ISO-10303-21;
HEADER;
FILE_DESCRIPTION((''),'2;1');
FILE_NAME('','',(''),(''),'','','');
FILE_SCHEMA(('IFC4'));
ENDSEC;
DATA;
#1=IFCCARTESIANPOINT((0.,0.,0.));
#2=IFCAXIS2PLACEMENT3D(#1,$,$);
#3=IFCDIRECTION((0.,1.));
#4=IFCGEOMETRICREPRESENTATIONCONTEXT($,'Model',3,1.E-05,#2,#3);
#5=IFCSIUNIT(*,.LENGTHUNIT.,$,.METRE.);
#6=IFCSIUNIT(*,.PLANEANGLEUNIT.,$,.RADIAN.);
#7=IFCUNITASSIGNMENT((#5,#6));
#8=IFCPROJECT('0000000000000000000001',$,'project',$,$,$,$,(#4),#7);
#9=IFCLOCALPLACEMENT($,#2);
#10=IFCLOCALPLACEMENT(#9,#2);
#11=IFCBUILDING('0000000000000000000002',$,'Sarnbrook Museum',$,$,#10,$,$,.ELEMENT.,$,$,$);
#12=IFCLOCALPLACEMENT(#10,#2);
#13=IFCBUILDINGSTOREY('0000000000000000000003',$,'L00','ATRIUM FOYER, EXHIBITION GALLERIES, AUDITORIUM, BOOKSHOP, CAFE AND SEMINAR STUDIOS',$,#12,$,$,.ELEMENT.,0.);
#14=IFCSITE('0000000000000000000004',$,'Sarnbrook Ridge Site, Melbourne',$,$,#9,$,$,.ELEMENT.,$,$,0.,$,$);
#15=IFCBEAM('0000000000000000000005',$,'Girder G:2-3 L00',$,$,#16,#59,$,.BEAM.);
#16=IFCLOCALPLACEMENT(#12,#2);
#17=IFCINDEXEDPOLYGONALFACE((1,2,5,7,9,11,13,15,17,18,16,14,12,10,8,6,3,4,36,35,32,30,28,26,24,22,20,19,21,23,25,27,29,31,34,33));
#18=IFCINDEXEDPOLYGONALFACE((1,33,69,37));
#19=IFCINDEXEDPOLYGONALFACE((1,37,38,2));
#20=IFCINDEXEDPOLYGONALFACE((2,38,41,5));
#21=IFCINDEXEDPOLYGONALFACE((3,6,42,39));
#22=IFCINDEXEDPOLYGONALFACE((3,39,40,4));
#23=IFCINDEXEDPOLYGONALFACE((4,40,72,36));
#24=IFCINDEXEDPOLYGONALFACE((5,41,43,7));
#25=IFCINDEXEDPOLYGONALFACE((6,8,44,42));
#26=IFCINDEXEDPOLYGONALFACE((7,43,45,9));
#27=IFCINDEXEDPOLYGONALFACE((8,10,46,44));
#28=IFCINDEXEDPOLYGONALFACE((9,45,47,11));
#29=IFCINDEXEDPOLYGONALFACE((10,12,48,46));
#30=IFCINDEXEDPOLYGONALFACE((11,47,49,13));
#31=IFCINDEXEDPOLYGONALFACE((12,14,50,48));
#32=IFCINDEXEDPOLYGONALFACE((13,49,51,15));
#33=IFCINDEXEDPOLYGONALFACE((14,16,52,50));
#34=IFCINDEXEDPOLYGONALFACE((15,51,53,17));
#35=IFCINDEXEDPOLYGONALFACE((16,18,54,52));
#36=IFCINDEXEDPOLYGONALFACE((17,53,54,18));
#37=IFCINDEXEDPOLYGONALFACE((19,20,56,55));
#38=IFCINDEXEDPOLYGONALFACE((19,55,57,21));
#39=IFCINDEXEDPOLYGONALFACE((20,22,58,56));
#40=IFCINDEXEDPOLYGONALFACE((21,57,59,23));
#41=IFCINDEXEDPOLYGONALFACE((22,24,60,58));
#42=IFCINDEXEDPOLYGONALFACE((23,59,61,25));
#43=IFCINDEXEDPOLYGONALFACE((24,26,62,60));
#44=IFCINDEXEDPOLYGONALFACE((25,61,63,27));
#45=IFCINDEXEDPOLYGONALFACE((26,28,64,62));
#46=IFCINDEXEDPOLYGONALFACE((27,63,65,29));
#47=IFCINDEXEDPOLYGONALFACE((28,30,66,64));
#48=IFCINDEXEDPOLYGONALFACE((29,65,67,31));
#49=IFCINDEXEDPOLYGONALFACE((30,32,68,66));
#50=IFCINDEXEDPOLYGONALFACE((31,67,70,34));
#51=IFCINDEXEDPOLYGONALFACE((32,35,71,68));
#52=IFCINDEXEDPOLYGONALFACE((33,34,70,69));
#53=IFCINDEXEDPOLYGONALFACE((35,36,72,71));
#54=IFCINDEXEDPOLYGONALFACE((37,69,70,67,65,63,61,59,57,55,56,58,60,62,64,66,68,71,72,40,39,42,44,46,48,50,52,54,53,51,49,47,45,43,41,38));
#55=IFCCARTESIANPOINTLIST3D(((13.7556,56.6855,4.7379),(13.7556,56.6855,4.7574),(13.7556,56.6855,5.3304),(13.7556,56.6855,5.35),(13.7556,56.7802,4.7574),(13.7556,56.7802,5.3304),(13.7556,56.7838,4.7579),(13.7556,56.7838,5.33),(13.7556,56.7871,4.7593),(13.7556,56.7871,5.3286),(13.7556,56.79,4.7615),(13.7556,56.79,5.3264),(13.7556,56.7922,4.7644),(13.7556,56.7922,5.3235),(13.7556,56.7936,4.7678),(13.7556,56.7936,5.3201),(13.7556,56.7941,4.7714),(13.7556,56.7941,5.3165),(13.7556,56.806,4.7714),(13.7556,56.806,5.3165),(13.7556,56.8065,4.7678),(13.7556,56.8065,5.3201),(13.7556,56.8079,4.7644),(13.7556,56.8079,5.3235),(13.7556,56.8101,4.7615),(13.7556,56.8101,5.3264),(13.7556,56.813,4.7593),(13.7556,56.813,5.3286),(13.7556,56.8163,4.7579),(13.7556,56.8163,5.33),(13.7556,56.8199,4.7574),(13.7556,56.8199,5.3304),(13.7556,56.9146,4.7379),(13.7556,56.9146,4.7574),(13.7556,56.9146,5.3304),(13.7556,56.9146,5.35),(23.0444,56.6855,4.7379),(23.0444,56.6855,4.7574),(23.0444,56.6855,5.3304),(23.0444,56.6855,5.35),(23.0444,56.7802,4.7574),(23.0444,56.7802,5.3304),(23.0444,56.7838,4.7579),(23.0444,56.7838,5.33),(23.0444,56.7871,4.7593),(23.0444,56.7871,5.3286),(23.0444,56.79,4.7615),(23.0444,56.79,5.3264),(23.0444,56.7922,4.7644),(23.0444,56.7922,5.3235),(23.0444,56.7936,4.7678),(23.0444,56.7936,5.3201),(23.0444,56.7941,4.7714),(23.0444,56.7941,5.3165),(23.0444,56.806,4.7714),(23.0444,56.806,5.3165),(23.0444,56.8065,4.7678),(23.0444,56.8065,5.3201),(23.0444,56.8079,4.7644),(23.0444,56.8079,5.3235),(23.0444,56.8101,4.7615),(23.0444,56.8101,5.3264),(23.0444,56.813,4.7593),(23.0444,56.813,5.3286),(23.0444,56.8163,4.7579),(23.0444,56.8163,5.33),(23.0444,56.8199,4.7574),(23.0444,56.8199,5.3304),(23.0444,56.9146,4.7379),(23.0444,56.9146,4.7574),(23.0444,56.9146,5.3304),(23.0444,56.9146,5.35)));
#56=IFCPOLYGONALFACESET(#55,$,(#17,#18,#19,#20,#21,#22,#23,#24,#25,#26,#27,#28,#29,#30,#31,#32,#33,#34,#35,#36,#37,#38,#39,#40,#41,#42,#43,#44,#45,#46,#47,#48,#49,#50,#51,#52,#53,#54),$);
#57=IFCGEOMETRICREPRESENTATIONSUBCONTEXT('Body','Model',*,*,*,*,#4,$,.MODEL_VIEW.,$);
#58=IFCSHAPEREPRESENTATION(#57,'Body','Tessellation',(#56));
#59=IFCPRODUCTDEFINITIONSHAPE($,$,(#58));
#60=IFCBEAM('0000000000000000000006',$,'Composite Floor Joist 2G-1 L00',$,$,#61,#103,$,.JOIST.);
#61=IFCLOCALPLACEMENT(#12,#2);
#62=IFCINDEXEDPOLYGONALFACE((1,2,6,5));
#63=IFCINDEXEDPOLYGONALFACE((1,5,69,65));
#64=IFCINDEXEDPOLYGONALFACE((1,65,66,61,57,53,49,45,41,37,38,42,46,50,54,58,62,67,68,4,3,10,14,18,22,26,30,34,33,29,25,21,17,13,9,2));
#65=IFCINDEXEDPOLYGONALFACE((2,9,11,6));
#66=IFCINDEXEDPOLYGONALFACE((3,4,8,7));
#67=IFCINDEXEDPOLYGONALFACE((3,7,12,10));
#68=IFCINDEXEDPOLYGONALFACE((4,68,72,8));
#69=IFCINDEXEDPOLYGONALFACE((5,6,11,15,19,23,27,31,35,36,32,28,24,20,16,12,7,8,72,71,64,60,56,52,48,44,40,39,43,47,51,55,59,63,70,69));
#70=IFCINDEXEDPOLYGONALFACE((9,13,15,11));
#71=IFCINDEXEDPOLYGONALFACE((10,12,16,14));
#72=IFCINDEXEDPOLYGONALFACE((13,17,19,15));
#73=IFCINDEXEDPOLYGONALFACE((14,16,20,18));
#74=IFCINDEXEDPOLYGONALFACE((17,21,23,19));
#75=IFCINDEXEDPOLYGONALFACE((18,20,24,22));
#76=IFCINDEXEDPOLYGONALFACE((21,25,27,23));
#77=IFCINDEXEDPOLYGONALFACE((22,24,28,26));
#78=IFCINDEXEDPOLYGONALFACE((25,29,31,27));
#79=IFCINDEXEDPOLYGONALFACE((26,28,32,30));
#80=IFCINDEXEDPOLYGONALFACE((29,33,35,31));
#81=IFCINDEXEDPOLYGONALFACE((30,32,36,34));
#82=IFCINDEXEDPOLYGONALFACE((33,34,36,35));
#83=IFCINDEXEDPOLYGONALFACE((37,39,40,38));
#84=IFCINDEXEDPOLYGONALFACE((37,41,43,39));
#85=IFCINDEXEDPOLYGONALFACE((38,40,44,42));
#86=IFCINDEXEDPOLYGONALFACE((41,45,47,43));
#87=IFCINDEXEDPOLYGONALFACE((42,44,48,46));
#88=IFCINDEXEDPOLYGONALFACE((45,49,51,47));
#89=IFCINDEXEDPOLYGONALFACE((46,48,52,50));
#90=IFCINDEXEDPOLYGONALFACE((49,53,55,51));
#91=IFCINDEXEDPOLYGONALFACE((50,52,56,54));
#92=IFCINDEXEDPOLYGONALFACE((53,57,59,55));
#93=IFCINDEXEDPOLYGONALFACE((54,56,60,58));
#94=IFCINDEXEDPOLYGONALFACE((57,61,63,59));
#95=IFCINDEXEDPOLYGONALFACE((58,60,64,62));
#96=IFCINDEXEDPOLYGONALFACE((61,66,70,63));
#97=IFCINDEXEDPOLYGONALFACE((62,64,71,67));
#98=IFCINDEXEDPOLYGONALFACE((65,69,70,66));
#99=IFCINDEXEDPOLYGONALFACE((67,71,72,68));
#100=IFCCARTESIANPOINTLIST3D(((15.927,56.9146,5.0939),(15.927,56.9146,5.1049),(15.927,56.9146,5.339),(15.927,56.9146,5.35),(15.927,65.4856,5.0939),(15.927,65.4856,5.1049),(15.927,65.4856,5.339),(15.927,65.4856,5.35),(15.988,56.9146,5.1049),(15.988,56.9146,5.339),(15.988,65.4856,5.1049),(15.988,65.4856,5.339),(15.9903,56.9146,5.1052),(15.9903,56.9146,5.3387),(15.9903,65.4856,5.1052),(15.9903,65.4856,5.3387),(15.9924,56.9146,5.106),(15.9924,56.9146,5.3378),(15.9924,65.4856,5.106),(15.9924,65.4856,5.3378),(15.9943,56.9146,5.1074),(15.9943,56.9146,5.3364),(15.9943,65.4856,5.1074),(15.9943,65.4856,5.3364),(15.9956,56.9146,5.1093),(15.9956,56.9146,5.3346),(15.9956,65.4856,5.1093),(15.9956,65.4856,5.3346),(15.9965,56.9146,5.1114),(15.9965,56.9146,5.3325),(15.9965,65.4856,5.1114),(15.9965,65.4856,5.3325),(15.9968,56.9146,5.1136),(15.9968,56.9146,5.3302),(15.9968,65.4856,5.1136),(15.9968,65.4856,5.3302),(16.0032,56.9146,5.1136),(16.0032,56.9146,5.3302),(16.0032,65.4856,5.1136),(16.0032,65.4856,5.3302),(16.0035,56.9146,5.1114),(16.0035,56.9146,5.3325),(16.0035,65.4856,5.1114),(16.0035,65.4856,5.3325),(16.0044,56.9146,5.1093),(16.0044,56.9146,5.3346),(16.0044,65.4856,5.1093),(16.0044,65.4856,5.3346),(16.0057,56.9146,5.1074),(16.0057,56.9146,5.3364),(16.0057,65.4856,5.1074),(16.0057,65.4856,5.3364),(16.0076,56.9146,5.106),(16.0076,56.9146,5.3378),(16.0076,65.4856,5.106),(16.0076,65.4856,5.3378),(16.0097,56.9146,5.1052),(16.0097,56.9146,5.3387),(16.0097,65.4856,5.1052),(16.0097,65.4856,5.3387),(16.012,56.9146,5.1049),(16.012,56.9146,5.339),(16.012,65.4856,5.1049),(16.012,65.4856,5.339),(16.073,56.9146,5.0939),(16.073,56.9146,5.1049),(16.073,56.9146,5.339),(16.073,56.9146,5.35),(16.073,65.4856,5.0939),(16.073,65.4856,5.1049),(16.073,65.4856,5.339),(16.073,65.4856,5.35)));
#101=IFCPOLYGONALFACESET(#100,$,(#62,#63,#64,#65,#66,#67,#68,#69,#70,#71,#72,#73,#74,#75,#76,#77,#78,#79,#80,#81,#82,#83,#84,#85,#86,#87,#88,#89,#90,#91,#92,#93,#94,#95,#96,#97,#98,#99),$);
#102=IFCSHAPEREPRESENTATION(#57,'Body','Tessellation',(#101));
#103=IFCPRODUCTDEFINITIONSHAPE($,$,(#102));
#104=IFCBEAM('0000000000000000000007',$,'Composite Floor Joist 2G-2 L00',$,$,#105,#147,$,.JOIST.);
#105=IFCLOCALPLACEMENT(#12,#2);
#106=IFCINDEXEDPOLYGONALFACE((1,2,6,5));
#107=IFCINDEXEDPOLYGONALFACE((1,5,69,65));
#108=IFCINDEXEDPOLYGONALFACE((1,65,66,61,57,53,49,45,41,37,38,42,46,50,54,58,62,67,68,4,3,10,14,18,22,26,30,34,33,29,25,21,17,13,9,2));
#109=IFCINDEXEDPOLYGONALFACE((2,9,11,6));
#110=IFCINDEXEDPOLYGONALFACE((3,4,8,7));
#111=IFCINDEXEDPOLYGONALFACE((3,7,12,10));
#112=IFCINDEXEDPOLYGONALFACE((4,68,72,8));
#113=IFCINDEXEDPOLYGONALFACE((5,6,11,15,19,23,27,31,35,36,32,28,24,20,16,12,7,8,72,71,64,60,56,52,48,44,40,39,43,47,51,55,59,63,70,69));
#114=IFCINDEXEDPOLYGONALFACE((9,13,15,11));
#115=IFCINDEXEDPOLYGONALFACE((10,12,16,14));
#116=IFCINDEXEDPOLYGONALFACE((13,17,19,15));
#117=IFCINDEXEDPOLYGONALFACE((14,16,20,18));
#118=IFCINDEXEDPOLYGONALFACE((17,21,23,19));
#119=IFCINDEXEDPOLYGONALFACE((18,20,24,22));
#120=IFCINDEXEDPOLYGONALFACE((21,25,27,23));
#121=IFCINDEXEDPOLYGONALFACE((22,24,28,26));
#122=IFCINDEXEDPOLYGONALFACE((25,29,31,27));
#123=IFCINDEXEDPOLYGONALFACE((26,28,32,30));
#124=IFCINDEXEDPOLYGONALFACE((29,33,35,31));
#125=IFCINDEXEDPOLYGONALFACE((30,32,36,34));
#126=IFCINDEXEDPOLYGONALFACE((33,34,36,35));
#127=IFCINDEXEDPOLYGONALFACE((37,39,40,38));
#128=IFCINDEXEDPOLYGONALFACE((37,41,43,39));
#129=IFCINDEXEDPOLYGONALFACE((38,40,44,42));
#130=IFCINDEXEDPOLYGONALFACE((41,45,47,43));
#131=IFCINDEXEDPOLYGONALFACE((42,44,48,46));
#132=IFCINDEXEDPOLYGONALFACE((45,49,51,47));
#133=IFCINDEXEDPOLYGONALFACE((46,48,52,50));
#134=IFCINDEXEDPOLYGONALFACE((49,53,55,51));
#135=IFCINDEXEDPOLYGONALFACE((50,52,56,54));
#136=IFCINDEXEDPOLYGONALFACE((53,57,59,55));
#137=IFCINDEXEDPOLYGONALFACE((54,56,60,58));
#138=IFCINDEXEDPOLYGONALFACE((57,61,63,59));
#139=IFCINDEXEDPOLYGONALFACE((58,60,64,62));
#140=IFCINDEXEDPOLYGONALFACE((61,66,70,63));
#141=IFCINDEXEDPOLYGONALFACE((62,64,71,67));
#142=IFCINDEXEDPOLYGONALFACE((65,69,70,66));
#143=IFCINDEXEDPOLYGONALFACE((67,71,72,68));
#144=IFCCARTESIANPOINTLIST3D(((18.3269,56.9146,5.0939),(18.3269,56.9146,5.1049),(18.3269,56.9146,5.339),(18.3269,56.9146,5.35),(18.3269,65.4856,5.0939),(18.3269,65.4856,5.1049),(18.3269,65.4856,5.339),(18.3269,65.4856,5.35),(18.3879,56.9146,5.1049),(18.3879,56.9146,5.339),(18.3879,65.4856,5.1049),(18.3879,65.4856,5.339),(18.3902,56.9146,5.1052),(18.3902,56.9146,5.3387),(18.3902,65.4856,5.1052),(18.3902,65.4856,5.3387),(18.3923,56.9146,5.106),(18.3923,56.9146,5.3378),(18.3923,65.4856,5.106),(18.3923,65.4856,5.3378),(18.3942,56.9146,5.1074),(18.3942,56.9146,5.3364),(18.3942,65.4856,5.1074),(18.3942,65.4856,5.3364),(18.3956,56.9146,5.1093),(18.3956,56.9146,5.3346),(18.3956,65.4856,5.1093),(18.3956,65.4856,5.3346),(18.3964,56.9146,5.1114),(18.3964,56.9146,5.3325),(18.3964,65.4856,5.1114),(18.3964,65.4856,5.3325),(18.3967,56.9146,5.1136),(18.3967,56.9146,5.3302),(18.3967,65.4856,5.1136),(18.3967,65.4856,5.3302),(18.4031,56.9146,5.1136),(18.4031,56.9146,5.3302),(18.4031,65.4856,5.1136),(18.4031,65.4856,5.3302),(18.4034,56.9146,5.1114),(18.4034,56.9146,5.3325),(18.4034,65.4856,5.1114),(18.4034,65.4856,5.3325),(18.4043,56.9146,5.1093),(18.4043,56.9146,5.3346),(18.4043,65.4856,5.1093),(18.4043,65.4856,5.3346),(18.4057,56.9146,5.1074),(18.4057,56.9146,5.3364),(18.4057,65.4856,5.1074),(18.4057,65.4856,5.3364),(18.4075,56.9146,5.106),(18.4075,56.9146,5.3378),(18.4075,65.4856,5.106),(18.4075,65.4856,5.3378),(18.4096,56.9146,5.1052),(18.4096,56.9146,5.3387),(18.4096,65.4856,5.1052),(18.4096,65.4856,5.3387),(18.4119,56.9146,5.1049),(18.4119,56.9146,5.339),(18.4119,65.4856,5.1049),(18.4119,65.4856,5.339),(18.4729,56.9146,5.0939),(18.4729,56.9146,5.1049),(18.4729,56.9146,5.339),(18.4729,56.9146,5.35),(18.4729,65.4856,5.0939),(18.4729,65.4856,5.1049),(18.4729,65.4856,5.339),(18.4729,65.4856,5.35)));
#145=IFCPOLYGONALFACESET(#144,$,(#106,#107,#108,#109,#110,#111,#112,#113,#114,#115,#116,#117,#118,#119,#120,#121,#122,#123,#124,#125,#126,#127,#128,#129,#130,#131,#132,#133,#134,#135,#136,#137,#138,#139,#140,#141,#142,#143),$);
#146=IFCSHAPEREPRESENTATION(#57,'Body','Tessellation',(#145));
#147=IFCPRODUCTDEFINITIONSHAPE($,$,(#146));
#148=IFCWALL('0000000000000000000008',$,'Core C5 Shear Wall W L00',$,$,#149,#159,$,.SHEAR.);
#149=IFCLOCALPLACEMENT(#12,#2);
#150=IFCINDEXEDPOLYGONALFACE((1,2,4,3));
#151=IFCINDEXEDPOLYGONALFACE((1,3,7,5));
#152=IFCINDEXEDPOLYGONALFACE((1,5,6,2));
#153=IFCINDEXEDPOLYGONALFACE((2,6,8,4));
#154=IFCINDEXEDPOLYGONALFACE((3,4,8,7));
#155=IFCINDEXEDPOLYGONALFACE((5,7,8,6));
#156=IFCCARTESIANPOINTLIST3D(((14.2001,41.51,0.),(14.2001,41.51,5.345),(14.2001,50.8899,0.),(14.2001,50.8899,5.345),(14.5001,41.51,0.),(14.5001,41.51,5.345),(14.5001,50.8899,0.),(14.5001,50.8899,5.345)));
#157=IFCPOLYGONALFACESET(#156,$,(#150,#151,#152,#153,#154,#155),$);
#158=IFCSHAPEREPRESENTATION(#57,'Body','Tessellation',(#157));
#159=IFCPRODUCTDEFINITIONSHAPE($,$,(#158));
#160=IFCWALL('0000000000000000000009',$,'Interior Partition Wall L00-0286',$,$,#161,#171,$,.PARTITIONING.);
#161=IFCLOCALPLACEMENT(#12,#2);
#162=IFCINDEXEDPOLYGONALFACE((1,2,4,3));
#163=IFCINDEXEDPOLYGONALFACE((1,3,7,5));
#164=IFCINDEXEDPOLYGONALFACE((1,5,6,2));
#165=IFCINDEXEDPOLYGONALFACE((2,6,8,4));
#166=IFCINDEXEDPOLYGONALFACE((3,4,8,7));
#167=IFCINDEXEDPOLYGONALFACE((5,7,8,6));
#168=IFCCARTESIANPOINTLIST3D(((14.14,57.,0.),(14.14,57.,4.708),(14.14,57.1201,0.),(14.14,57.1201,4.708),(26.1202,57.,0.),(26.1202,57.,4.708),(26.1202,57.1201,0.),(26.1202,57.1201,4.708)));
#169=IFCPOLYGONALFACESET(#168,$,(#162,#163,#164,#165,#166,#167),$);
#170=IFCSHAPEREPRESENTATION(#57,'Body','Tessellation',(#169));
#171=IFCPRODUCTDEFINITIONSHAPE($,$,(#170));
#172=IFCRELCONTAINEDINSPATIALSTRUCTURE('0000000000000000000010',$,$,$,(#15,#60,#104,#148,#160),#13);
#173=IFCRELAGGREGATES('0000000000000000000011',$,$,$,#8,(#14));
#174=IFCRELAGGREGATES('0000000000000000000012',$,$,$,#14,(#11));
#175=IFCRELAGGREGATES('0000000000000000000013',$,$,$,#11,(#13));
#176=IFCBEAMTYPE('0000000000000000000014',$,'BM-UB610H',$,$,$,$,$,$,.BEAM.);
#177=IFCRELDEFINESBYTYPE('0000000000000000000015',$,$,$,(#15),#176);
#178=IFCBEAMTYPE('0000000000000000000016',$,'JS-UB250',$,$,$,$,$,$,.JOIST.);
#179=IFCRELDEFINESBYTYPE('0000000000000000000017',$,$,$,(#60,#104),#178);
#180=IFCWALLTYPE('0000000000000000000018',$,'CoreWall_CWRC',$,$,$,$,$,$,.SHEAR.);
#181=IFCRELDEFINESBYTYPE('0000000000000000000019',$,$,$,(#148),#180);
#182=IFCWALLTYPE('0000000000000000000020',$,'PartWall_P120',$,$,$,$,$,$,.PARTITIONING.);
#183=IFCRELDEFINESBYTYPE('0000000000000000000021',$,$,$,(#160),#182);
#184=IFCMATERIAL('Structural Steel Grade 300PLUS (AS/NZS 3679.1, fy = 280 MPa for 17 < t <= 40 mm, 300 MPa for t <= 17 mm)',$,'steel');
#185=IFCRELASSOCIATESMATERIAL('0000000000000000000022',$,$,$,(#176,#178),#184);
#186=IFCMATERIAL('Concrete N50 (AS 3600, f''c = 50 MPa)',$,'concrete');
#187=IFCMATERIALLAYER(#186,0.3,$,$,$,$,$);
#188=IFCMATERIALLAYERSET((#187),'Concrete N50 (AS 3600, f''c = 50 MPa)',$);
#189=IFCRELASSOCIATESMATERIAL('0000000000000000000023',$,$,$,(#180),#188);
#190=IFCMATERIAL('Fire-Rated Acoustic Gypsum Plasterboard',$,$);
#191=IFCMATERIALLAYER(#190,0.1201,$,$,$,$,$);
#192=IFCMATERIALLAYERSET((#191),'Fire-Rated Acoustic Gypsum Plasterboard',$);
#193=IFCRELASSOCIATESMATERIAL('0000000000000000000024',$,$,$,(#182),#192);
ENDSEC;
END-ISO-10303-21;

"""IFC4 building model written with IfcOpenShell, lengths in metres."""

from ifc_helpers import new_model, si_unit, direction, frame, frame_2d, origin, origin_2d, place, context, subcontext, project, spatial, rectangle, i_section, extrude, material, layer, layer_set, material_profile, profile_set, type_object, element, save


model = new_model("IFC4")

# Units and contexts
model_context = context("Model", 3, precision=1e-05, world=origin(), true_north=direction((0.0, 1.0)))
body_context = subcontext(model_context, "Body", "Model", "MODEL_VIEW")
ifc_project = project(units=[si_unit("LENGTHUNIT", "METRE"), si_unit("PLANEANGLEUNIT", "RADIAN")], contexts=[model_context])

# Site, building, storey
site_placement = place(None, origin())
site = spatial("IfcSite", under=ifc_project, at=site_placement, Name="Sarnbrook Ridge Site, Melbourne", CompositionType="ELEMENT", RefElevation=0.0)
building_placement = place(site_placement, origin())
building = spatial("IfcBuilding", under=site, at=building_placement, Name="Sarnbrook Museum", CompositionType="ELEMENT")
storey_placement = place(building_placement, origin())
storey = spatial("IfcBuildingStorey", under=building, at=storey_placement, Name="L00", Description="ATRIUM FOYER, EXHIBITION GALLERIES, AUDITORIUM, BOOKSHOP, CAFE AND SEMINAR STUDIOS", CompositionType="ELEMENT", Elevation=0.0)

# Shared definitions
ifc_material_1 = material(Name="Structural Steel Grade 300PLUS (AS/NZS 3679.1, fy = 280 MPa for 17 < t <= 40 mm, 300 MPa for t <= 17 mm)", Category="steel")

# Beams
ifc_material_profile_1 = material_profile(ifc_material_1, i_section(OverallWidth=0.229, OverallDepth=0.6121, WebThickness=0.012, FlangeThickness=0.0195, FilletRadius=0.0139, at=origin_2d()), Name="610UB125")
ifc_profile_set_1 = profile_set([ifc_material_profile_1], Name="Structural Steel Grade 300PLUS (AS/NZS 3679.1, fy = 280 MPa for 17 < t <= 40 mm, 300 MPa for t <= 17 mm)")
beam_type_1 = type_object("IfcBeamType", Name="BM-UB610H", PredefinedType="BEAM", material=ifc_profile_set_1)
beam_1_placement = place(storey_placement, frame((13.7556, 56.8, 5.0439), z_axis=(1.0, 0.0, 0.0), x_axis=(0.0, 1.0, 0.0)))
element("IfcBeam", 1, at=beam_1_placement, inside=storey, type_object=beam_type_1, Name="Girder G:2-3 L00", PredefinedType="BEAM", context=body_context, shape_type="SweptSolid", body=[
    extrude(i_section(OverallWidth=0.229, OverallDepth=0.6121, WebThickness=0.012, FlangeThickness=0.0195, FilletRadius=0.0139, at=origin_2d()), origin(), (0.0, 0.0, 1.0), 9.2888),
])
ifc_material_profile_2 = material_profile(ifc_material_1, i_section(OverallWidth=0.146, OverallDepth=0.2561, WebThickness=0.0063, FlangeThickness=0.011, FilletRadius=0.0088, at=origin_2d()), Name="250UB37.3")
ifc_profile_set_2 = profile_set([ifc_material_profile_2], Name="Structural Steel Grade 300PLUS (AS/NZS 3679.1, fy = 280 MPa for 17 < t <= 40 mm, 300 MPa for t <= 17 mm)")
beam_type_2 = type_object("IfcBeamType", Name="JS-UB250", PredefinedType="JOIST", material=ifc_profile_set_2)
for number, where, z_axis, x_axis, name in (
    (2, (16.0, 56.9146, 5.2219), (0.0, 1.0, 0.0), (-1.0, 0.0, 0.0), "Composite Floor Joist 2G-1 L00"),
    (3, (18.3999, 56.9146, 5.2219), (0.0, 1.0, 0.0), (-1.0, 0.0, 0.0), "Composite Floor Joist 2G-2 L00"),
):
    element("IfcBeam", number, at=place(storey_placement, frame(where, z_axis=z_axis, x_axis=x_axis)), inside=storey, type_object=beam_type_2, Name=name, PredefinedType="JOIST", context=body_context, shape_type="SweptSolid", body=[
        extrude(i_section(OverallWidth=0.146, OverallDepth=0.2561, WebThickness=0.0063, FlangeThickness=0.011, FilletRadius=0.0088, at=origin_2d()), origin(), (0.0, 0.0, 1.0), 8.571),
    ])

# Walls
ifc_material_2 = material(Name="Concrete N50 (AS 3600, f'c = 50 MPa)", Category="concrete")
ifc_layer_1 = layer(ifc_material_2, 0.3)
ifc_layer_set_1 = layer_set([ifc_layer_1], Name="Concrete N50 (AS 3600, f'c = 50 MPa)")
wall_type_1 = type_object("IfcWallType", Name="CoreWall_CWRC", PredefinedType="SHEAR", material=ifc_layer_set_1)
wall_1_placement = place(storey_placement, frame((14.3501, 50.8899, 0.0), z_axis=(0.0, 0.0, 1.0), x_axis=(0.0, -1.0, 0.0)))
element("IfcWall", 4, at=wall_1_placement, inside=storey, type_object=wall_type_1, Name="Core C5 Shear Wall W L00", PredefinedType="SHEAR", context=body_context, shape_type="SweptSolid", body=[
    extrude(rectangle(XDim=9.3799, YDim=0.3, at=frame_2d((4.6899, 0.0))), origin(), (0.0, 0.0, 1.0), 5.345),
])
ifc_material_3 = material(Name="Fire-Rated Acoustic Gypsum Plasterboard")
ifc_layer_2 = layer(ifc_material_3, 0.1201)
ifc_layer_set_2 = layer_set([ifc_layer_2], Name="Fire-Rated Acoustic Gypsum Plasterboard")
wall_type_2 = type_object("IfcWallType", Name="PartWall_P120", PredefinedType="PARTITIONING", material=ifc_layer_set_2)
wall_2_placement = place(storey_placement, frame((14.1399, 57.0601, 0.0), z_axis=(0.0, 0.0, 1.0), x_axis=(1.0, 0.0, 0.0)))
element("IfcWall", 5, at=wall_2_placement, inside=storey, type_object=wall_type_2, Name="Interior Partition Wall L00-0286", PredefinedType="PARTITIONING", context=body_context, shape_type="SweptSolid", body=[
    extrude(rectangle(XDim=11.9802, YDim=0.1201, at=frame_2d((5.9902, 0.0))), origin(), (0.0, 0.0, 1.0), 4.708),
])

save(model, "model.ifc")
